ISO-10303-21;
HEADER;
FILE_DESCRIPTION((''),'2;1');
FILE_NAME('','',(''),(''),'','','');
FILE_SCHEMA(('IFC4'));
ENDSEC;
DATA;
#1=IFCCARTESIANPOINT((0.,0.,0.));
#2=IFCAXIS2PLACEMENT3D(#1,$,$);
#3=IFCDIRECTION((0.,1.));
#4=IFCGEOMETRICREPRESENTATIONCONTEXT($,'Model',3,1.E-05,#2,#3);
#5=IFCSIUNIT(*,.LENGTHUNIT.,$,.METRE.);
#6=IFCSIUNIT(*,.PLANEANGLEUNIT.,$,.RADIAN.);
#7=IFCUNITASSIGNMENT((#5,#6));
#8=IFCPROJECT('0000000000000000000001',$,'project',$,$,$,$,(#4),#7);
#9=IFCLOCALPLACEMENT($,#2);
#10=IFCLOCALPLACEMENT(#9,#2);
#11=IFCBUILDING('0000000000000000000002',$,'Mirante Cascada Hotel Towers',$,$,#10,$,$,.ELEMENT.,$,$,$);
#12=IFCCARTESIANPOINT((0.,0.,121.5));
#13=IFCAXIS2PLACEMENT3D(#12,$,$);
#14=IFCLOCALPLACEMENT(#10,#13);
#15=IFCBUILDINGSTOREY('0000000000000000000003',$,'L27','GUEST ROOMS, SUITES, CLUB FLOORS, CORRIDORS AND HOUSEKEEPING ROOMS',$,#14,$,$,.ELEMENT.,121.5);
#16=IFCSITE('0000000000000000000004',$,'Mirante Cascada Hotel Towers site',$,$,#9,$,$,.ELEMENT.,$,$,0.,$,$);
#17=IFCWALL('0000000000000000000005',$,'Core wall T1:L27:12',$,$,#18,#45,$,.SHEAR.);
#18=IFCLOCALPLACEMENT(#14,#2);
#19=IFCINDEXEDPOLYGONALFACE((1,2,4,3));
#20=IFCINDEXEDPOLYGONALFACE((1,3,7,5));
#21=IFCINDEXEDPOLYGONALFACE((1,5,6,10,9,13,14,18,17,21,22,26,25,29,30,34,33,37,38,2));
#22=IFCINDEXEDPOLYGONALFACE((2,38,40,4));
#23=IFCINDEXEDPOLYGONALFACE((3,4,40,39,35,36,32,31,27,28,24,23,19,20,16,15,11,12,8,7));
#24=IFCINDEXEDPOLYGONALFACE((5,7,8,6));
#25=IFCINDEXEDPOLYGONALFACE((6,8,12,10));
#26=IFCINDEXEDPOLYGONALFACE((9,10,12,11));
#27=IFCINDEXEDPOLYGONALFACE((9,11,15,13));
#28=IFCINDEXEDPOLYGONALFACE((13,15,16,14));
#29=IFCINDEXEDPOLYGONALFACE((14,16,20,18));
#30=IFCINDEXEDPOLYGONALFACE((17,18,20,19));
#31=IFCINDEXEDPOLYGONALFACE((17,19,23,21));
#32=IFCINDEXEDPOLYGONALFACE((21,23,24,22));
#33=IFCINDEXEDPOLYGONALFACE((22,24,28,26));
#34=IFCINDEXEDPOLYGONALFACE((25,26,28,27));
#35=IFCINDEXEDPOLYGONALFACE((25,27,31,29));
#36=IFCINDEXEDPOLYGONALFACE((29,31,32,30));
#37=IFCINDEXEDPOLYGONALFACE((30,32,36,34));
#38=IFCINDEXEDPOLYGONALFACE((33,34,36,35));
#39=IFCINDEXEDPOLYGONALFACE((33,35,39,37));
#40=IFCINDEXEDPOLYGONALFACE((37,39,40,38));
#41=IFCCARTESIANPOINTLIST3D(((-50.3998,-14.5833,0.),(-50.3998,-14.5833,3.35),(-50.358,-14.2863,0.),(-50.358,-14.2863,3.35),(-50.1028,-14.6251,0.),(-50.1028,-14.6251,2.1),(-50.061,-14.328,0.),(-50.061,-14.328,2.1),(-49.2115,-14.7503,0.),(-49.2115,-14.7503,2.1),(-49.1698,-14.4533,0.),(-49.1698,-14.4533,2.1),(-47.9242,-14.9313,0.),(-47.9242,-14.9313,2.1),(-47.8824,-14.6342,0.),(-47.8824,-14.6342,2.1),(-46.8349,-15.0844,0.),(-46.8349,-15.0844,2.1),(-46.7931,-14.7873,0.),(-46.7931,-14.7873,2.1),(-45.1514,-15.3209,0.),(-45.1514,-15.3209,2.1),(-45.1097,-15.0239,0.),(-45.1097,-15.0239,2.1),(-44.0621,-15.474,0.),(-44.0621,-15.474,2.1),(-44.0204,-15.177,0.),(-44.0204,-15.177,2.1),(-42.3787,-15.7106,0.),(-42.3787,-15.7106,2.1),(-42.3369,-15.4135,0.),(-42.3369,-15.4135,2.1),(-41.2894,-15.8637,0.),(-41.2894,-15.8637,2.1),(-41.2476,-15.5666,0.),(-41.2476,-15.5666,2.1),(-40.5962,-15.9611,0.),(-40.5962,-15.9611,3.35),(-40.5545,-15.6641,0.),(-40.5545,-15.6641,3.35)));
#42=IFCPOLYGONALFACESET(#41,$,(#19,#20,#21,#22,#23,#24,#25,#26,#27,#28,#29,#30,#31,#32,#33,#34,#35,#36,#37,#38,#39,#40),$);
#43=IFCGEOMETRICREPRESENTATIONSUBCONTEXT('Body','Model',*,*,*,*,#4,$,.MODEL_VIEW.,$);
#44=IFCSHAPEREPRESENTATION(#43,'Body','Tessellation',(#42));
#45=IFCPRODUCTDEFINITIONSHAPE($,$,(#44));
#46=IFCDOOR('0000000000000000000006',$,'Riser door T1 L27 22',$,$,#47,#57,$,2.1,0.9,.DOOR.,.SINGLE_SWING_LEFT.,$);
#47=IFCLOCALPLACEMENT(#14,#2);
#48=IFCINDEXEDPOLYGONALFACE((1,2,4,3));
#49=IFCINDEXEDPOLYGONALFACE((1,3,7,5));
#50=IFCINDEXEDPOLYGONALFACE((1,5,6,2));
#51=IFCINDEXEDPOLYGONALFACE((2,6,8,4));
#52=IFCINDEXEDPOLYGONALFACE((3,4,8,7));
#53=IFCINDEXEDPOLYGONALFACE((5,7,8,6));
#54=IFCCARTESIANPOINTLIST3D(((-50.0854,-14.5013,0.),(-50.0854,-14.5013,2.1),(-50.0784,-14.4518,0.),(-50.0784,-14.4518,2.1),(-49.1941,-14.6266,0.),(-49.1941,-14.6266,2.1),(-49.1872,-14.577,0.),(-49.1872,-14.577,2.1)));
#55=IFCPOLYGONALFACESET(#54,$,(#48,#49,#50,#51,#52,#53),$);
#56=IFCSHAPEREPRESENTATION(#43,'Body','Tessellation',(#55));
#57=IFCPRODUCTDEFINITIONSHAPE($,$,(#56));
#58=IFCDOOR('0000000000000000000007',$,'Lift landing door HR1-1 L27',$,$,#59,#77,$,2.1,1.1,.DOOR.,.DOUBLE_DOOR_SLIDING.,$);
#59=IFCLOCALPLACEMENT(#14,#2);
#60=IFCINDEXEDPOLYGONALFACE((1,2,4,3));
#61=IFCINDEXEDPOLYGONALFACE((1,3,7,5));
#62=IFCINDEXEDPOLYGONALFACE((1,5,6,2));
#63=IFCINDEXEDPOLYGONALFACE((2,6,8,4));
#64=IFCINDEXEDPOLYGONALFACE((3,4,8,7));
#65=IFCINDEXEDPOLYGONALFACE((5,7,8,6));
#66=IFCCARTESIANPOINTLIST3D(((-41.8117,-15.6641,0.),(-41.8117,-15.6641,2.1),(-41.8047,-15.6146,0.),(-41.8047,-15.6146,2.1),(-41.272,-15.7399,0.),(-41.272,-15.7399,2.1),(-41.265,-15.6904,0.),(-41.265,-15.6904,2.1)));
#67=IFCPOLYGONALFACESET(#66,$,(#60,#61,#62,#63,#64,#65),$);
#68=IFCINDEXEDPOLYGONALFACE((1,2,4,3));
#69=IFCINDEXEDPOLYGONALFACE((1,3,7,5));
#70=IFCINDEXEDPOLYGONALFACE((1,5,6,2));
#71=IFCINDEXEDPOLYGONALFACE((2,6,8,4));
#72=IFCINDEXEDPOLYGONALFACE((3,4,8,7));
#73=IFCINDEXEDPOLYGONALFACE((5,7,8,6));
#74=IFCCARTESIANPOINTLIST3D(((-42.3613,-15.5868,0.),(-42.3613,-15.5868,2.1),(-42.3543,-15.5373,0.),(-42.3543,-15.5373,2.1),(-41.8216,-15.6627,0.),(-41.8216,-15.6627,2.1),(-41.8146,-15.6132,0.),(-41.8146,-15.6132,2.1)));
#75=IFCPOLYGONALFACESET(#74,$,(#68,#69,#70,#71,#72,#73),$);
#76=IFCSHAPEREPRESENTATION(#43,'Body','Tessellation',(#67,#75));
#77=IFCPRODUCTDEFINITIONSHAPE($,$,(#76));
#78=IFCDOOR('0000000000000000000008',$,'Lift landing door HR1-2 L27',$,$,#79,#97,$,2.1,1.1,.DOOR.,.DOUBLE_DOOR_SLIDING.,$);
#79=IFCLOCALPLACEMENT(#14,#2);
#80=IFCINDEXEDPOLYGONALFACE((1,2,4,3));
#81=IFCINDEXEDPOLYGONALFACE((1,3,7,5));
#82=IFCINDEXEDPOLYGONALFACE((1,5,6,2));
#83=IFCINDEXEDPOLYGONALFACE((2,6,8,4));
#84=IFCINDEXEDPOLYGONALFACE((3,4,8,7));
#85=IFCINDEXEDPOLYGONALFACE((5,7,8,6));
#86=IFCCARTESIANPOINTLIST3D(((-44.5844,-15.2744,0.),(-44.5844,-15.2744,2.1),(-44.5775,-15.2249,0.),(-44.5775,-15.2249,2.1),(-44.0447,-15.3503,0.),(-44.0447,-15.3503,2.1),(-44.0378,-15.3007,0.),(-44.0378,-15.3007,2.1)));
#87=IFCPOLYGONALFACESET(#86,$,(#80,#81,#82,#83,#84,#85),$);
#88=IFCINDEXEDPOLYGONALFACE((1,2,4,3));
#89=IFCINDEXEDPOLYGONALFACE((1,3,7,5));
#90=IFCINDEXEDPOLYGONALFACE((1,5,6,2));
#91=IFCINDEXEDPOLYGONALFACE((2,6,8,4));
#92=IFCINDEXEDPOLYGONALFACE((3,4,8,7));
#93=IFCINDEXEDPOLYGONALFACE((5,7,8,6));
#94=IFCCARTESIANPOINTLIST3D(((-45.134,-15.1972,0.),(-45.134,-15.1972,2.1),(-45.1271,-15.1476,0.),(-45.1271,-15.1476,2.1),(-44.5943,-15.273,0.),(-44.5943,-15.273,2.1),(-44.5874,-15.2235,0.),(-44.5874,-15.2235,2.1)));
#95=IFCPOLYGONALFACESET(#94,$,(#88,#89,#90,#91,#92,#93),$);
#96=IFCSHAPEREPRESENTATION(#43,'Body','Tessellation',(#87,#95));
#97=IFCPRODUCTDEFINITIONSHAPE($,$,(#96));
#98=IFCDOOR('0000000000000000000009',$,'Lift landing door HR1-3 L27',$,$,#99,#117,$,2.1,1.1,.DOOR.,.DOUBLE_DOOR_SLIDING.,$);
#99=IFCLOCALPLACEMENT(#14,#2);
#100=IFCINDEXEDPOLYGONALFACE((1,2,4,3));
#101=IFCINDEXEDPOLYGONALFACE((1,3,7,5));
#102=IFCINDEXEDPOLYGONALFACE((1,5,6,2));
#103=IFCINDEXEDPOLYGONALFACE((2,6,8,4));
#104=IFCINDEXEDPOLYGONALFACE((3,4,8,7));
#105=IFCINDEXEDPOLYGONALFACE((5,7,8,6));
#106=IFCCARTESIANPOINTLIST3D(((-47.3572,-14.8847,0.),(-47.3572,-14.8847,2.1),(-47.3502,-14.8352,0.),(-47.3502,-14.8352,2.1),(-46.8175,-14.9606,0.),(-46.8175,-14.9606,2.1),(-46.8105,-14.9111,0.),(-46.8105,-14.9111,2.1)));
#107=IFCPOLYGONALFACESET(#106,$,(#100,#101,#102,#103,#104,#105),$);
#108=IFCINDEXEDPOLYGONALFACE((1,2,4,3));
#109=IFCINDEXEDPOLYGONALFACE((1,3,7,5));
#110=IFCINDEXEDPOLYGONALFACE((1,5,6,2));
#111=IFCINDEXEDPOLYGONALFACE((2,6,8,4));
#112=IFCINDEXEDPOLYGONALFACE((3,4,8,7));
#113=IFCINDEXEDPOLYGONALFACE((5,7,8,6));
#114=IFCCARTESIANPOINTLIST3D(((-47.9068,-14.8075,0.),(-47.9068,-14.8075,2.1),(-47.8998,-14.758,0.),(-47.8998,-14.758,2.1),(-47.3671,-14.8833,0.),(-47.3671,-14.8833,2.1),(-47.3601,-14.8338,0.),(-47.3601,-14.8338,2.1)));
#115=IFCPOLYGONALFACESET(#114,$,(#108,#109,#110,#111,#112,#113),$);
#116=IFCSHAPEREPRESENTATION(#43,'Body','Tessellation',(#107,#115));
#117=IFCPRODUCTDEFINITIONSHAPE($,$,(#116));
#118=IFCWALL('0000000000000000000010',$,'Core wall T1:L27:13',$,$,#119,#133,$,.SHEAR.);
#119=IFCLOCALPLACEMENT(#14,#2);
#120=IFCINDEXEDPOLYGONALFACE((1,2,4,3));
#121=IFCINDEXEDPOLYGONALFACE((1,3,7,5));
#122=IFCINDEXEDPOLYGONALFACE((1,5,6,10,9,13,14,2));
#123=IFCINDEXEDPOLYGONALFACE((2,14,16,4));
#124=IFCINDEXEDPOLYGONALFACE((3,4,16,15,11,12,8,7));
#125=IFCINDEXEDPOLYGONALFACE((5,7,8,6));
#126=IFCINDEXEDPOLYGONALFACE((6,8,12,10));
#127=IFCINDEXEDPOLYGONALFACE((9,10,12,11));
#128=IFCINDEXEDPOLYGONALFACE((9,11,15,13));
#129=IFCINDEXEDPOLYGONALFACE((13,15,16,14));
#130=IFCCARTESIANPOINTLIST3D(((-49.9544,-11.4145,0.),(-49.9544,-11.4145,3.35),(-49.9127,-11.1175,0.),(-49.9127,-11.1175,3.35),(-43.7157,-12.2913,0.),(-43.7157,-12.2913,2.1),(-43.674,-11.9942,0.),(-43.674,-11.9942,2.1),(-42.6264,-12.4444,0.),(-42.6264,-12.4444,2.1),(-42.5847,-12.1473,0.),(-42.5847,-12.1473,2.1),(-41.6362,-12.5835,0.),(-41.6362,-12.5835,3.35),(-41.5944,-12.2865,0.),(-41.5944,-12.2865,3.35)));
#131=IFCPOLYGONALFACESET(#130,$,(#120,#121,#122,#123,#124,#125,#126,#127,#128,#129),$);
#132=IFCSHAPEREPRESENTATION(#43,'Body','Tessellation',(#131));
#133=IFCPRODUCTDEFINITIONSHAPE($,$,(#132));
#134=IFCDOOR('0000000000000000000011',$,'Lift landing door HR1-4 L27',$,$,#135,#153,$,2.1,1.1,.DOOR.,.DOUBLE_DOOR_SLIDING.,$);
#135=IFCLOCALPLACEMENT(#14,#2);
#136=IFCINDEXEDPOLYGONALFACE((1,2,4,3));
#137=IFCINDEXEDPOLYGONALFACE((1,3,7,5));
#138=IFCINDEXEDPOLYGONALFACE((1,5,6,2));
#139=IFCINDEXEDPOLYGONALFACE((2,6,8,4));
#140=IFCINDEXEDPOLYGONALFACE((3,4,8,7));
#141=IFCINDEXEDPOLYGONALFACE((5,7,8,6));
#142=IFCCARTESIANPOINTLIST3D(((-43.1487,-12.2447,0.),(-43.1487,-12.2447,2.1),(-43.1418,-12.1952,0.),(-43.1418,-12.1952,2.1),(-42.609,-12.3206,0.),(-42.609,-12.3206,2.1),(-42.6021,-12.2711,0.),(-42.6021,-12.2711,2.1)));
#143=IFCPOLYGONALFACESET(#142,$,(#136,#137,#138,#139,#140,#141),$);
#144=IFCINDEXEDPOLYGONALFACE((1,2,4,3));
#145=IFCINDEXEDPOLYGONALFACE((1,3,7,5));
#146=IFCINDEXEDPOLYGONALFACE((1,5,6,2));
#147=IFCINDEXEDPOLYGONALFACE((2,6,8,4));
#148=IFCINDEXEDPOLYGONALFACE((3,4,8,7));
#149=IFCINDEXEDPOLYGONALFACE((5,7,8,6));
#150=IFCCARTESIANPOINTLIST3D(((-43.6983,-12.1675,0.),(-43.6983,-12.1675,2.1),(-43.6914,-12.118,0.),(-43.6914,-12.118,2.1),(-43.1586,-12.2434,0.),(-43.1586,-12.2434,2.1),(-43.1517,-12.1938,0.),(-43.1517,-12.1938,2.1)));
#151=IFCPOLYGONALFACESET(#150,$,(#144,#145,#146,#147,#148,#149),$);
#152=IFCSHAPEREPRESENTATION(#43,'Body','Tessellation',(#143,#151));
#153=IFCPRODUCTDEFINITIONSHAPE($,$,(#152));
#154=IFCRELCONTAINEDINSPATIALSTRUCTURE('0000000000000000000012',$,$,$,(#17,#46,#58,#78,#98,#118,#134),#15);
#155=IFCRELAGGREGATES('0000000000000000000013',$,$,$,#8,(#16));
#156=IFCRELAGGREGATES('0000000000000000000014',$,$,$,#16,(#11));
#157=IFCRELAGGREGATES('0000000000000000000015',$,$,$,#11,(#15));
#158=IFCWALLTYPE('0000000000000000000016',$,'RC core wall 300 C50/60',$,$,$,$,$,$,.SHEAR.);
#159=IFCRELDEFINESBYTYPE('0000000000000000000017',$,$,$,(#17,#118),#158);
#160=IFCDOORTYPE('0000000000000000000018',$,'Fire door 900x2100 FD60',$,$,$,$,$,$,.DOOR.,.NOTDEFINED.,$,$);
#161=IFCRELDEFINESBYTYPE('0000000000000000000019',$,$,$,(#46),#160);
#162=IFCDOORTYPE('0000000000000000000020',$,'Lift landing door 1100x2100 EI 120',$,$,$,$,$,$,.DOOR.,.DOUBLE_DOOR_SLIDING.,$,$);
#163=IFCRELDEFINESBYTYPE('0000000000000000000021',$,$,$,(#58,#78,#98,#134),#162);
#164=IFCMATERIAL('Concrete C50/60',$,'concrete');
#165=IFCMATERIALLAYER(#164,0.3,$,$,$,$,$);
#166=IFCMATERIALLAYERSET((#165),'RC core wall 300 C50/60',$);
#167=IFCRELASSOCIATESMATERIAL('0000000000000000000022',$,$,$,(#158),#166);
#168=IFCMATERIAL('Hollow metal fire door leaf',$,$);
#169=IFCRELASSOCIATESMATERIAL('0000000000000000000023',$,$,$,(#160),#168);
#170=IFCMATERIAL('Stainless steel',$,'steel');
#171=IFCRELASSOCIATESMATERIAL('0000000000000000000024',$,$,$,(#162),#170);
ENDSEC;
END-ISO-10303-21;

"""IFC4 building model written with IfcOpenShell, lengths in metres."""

from ifc_helpers import new_model, si_unit, direction, frame, frame_2d, origin, place, context, subcontext, project, spatial, rectangle, extrude, material, layer, layer_set, type_object, element, fill, save


model = new_model("IFC4")

# Units and contexts
model_context = context("Model", 3, precision=1e-05, world=origin(), true_north=direction((0.0, 1.0)))
body_context = subcontext(model_context, "Body", "Model", "MODEL_VIEW")
ifc_project = project(units=[si_unit("LENGTHUNIT", "METRE"), si_unit("PLANEANGLEUNIT", "RADIAN")], contexts=[model_context])

# Site, building, storey
site_placement = place(None, origin())
site = spatial("IfcSite", under=ifc_project, at=site_placement, Name="Mirante Cascada Hotel Towers site", CompositionType="ELEMENT", RefElevation=0.0)
building_placement = place(site_placement, origin())
building = spatial("IfcBuilding", under=site, at=building_placement, Name="Mirante Cascada Hotel Towers", CompositionType="ELEMENT")
storey_placement = place(building_placement, frame((0.0, 0.0, 121.5)))
storey = spatial("IfcBuildingStorey", under=building, at=storey_placement, Name="L27", Description="GUEST ROOMS, SUITES, CLUB FLOORS, CORRIDORS AND HOUSEKEEPING ROOMS", CompositionType="ELEMENT", Elevation=121.5)

# Shared definitions
ifc_material_1 = material(Name="Concrete C50/60", Category="concrete")
ifc_layer_1 = layer(ifc_material_1, 0.3)
ifc_layer_set_1 = layer_set([ifc_layer_1], Name="RC core wall 300 C50/60")
wall_type_1 = type_object("IfcWallType", Name="RC core wall 300 C50/60", PredefinedType="SHEAR", material=ifc_layer_set_1)

# Wall, openings, doors
wall_1_placement = place(storey_placement, frame((-40.5753, -15.8126, 0.0), z_axis=(0.0, 0.0, 1.0), x_axis=(-0.990268, 0.139173, 0.0)))
wall_1 = element("IfcWall", 1, at=wall_1_placement, inside=storey, type_object=wall_type_1, Name="Core wall T1:L27:12", PredefinedType="SHEAR", context=body_context, shape_type="SweptSolid", body=[
    extrude(rectangle(XDim=9.8999, YDim=0.3, at=frame_2d((4.95, 0.0))), origin(), (0.0, 0.0, 1.0), 3.35),
])
opening_1_placement = place(wall_1_placement, frame((0.7, 0.0, 0.0)))
opening_1 = element("IfcOpeningElement", 2, at=opening_1_placement, cuts=wall_1, PredefinedType="OPENING", context=body_context, shape_type="SweptSolid", body=[
    extrude(rectangle(XDim=1.1, YDim=2.1, at=frame_2d((0.55, 1.05))), frame((0.0, 0.15, 0.0), z_axis=(0.0, -1.0, 0.0), x_axis=(1.0, 0.0, 0.0)), (0.0, 0.0, 1.0), 0.3),
])
opening_2_placement = place(wall_1_placement, frame((3.5, 0.0, 0.0)))
opening_2 = element("IfcOpeningElement", 3, at=opening_2_placement, cuts=wall_1, PredefinedType="OPENING", context=body_context, shape_type="SweptSolid", body=[
    extrude(rectangle(XDim=1.1, YDim=2.1, at=frame_2d((0.55, 1.05))), frame((0.0, 0.15, 0.0), z_axis=(0.0, -1.0, 0.0), x_axis=(1.0, 0.0, 0.0)), (0.0, 0.0, 1.0), 0.3),
])
opening_3_placement = place(wall_1_placement, frame((6.3, 0.0, 0.0)))
opening_3 = element("IfcOpeningElement", 4, at=opening_3_placement, cuts=wall_1, PredefinedType="OPENING", context=body_context, shape_type="SweptSolid", body=[
    extrude(rectangle(XDim=1.1, YDim=2.1, at=frame_2d((0.55, 1.05))), frame((0.0, 0.15, 0.0), z_axis=(0.0, -1.0, 0.0), x_axis=(1.0, 0.0, 0.0)), (0.0, 0.0, 1.0), 0.3),
])
opening_4_placement = place(wall_1_placement, frame((8.7, 0.0, 0.0)))
opening_4 = element("IfcOpeningElement", 5, at=opening_4_placement, cuts=wall_1, PredefinedType="OPENING", context=body_context, shape_type="SweptSolid", body=[
    extrude(rectangle(XDim=0.9, YDim=2.1, at=frame_2d((0.45, 1.05))), frame((0.0, 0.15, 0.0), z_axis=(0.0, -1.0, 0.0), x_axis=(1.0, 0.0, 0.0)), (0.0, 0.0, 1.0), 0.3),
])
ifc_material_2 = material(Name="Hollow metal fire door leaf")
door_type_1 = type_object("IfcDoorType", Name="Fire door 900x2100 FD60", OperationType="NOTDEFINED", PredefinedType="DOOR", material=ifc_material_2)
door_1_placement = place(opening_4_placement, origin())
door_1 = element("IfcDoor", 6, at=door_1_placement, inside=storey, type_object=door_type_1, Name="Riser door T1 L27 22", OperationType="SINGLE_SWING_LEFT", OverallHeight=2.1, OverallWidth=0.9, PredefinedType="DOOR", context=body_context, shape_type="SweptSolid", body=[
    extrude(rectangle(XDim=0.9, YDim=2.1, at=frame_2d((0.45, 1.05))), frame((0.0, 0.025, 0.0), z_axis=(0.0, -1.0, 0.0), x_axis=(1.0, 0.0, 0.0)), (0.0, 0.0, 1.0), 0.05),
])
fill(opening_4, door_1)
ifc_material_3 = material(Name="Stainless steel", Category="steel")
door_type_2 = type_object("IfcDoorType", Name="Lift landing door 1100x2100 EI 120", OperationType="DOUBLE_DOOR_SLIDING", PredefinedType="DOOR", material=ifc_material_3)
door_2_placement = place(opening_1_placement, origin())
door_2 = element("IfcDoor", 7, at=door_2_placement, inside=storey, type_object=door_type_2, Name="Lift landing door HR1-1 L27", OperationType="DOUBLE_DOOR_SLIDING", OverallHeight=2.1, OverallWidth=1.1, PredefinedType="DOOR", context=body_context, shape_type="SweptSolid", body=[
    extrude(rectangle(XDim=0.545, YDim=2.1, at=frame_2d((0.2725, 1.05))), frame((0.0, 0.025, 0.0), z_axis=(0.0, -1.0, 0.0), x_axis=(1.0, 0.0, 0.0)), (0.0, 0.0, 1.0), 0.05),
    extrude(rectangle(XDim=0.545, YDim=2.1, at=frame_2d((0.8275, 1.05))), frame((0.0, 0.025, 0.0), z_axis=(0.0, -1.0, 0.0), x_axis=(1.0, 0.0, 0.0)), (0.0, 0.0, 1.0), 0.05),
])
fill(opening_1, door_2)
door_3_placement = place(opening_2_placement, origin())
door_3 = element("IfcDoor", 8, at=door_3_placement, inside=storey, type_object=door_type_2, Name="Lift landing door HR1-2 L27", OperationType="DOUBLE_DOOR_SLIDING", OverallHeight=2.1, OverallWidth=1.1, PredefinedType="DOOR", context=body_context, shape_type="SweptSolid", body=[
    extrude(rectangle(XDim=0.545, YDim=2.1, at=frame_2d((0.2725, 1.05))), frame((0.0, 0.025, 0.0), z_axis=(0.0, -1.0, 0.0), x_axis=(1.0, 0.0, 0.0)), (0.0, 0.0, 1.0), 0.05),
    extrude(rectangle(XDim=0.545, YDim=2.1, at=frame_2d((0.8275, 1.05))), frame((0.0, 0.025, 0.0), z_axis=(0.0, -1.0, 0.0), x_axis=(1.0, 0.0, 0.0)), (0.0, 0.0, 1.0), 0.05),
])
fill(opening_2, door_3)
door_4_placement = place(opening_3_placement, origin())
door_4 = element("IfcDoor", 9, at=door_4_placement, inside=storey, type_object=door_type_2, Name="Lift landing door HR1-3 L27", OperationType="DOUBLE_DOOR_SLIDING", OverallHeight=2.1, OverallWidth=1.1, PredefinedType="DOOR", context=body_context, shape_type="SweptSolid", body=[
    extrude(rectangle(XDim=0.545, YDim=2.1, at=frame_2d((0.2725, 1.05))), frame((0.0, 0.025, 0.0), z_axis=(0.0, -1.0, 0.0), x_axis=(1.0, 0.0, 0.0)), (0.0, 0.0, 1.0), 0.05),
    extrude(rectangle(XDim=0.545, YDim=2.1, at=frame_2d((0.8275, 1.05))), frame((0.0, 0.025, 0.0), z_axis=(0.0, -1.0, 0.0), x_axis=(1.0, 0.0, 0.0)), (0.0, 0.0, 1.0), 0.05),
])
fill(opening_3, door_4)

# Wall, opening, door
wall_2_placement = place(storey_placement, frame((-41.6153, -12.435, 0.0), z_axis=(0.0, 0.0, 1.0), x_axis=(-0.990269, 0.139166, 0.0)))
wall_2 = element("IfcWall", 10, at=wall_2_placement, inside=storey, type_object=wall_type_1, Name="Core wall T1:L27:13", PredefinedType="SHEAR", context=body_context, shape_type="SweptSolid", body=[
    extrude(rectangle(XDim=8.4, YDim=0.3, at=frame_2d((4.2, 0.0))), origin(), (0.0, 0.0, 1.0), 3.35),
])
opening_5_placement = place(wall_2_placement, frame((1.0, 0.0, 0.0)))
opening_5 = element("IfcOpeningElement", 11, at=opening_5_placement, cuts=wall_2, PredefinedType="OPENING", context=body_context, shape_type="SweptSolid", body=[
    extrude(rectangle(XDim=1.1, YDim=2.1, at=frame_2d((0.55, 1.05))), frame((0.0, 0.15, 0.0), z_axis=(0.0, -1.0, 0.0), x_axis=(1.0, 0.0, 0.0)), (0.0, 0.0, 1.0), 0.3),
])
door_5_placement = place(opening_5_placement, origin())
door_5 = element("IfcDoor", 12, at=door_5_placement, inside=storey, type_object=door_type_2, Name="Lift landing door HR1-4 L27", OperationType="DOUBLE_DOOR_SLIDING", OverallHeight=2.1, OverallWidth=1.1, PredefinedType="DOOR", context=body_context, shape_type="SweptSolid", body=[
    extrude(rectangle(XDim=0.545, YDim=2.1, at=frame_2d((0.2725, 1.05))), frame((0.0, 0.025, 0.0), z_axis=(0.0, -1.0, 0.0), x_axis=(1.0, 0.0, 0.0)), (0.0, 0.0, 1.0), 0.05),
    extrude(rectangle(XDim=0.545, YDim=2.1, at=frame_2d((0.8275, 1.05))), frame((0.0, 0.025, 0.0), z_axis=(0.0, -1.0, 0.0), x_axis=(1.0, 0.0, 0.0)), (0.0, 0.0, 1.0), 0.05),
])
fill(opening_5, door_5)

save(model, "model.ifc")
